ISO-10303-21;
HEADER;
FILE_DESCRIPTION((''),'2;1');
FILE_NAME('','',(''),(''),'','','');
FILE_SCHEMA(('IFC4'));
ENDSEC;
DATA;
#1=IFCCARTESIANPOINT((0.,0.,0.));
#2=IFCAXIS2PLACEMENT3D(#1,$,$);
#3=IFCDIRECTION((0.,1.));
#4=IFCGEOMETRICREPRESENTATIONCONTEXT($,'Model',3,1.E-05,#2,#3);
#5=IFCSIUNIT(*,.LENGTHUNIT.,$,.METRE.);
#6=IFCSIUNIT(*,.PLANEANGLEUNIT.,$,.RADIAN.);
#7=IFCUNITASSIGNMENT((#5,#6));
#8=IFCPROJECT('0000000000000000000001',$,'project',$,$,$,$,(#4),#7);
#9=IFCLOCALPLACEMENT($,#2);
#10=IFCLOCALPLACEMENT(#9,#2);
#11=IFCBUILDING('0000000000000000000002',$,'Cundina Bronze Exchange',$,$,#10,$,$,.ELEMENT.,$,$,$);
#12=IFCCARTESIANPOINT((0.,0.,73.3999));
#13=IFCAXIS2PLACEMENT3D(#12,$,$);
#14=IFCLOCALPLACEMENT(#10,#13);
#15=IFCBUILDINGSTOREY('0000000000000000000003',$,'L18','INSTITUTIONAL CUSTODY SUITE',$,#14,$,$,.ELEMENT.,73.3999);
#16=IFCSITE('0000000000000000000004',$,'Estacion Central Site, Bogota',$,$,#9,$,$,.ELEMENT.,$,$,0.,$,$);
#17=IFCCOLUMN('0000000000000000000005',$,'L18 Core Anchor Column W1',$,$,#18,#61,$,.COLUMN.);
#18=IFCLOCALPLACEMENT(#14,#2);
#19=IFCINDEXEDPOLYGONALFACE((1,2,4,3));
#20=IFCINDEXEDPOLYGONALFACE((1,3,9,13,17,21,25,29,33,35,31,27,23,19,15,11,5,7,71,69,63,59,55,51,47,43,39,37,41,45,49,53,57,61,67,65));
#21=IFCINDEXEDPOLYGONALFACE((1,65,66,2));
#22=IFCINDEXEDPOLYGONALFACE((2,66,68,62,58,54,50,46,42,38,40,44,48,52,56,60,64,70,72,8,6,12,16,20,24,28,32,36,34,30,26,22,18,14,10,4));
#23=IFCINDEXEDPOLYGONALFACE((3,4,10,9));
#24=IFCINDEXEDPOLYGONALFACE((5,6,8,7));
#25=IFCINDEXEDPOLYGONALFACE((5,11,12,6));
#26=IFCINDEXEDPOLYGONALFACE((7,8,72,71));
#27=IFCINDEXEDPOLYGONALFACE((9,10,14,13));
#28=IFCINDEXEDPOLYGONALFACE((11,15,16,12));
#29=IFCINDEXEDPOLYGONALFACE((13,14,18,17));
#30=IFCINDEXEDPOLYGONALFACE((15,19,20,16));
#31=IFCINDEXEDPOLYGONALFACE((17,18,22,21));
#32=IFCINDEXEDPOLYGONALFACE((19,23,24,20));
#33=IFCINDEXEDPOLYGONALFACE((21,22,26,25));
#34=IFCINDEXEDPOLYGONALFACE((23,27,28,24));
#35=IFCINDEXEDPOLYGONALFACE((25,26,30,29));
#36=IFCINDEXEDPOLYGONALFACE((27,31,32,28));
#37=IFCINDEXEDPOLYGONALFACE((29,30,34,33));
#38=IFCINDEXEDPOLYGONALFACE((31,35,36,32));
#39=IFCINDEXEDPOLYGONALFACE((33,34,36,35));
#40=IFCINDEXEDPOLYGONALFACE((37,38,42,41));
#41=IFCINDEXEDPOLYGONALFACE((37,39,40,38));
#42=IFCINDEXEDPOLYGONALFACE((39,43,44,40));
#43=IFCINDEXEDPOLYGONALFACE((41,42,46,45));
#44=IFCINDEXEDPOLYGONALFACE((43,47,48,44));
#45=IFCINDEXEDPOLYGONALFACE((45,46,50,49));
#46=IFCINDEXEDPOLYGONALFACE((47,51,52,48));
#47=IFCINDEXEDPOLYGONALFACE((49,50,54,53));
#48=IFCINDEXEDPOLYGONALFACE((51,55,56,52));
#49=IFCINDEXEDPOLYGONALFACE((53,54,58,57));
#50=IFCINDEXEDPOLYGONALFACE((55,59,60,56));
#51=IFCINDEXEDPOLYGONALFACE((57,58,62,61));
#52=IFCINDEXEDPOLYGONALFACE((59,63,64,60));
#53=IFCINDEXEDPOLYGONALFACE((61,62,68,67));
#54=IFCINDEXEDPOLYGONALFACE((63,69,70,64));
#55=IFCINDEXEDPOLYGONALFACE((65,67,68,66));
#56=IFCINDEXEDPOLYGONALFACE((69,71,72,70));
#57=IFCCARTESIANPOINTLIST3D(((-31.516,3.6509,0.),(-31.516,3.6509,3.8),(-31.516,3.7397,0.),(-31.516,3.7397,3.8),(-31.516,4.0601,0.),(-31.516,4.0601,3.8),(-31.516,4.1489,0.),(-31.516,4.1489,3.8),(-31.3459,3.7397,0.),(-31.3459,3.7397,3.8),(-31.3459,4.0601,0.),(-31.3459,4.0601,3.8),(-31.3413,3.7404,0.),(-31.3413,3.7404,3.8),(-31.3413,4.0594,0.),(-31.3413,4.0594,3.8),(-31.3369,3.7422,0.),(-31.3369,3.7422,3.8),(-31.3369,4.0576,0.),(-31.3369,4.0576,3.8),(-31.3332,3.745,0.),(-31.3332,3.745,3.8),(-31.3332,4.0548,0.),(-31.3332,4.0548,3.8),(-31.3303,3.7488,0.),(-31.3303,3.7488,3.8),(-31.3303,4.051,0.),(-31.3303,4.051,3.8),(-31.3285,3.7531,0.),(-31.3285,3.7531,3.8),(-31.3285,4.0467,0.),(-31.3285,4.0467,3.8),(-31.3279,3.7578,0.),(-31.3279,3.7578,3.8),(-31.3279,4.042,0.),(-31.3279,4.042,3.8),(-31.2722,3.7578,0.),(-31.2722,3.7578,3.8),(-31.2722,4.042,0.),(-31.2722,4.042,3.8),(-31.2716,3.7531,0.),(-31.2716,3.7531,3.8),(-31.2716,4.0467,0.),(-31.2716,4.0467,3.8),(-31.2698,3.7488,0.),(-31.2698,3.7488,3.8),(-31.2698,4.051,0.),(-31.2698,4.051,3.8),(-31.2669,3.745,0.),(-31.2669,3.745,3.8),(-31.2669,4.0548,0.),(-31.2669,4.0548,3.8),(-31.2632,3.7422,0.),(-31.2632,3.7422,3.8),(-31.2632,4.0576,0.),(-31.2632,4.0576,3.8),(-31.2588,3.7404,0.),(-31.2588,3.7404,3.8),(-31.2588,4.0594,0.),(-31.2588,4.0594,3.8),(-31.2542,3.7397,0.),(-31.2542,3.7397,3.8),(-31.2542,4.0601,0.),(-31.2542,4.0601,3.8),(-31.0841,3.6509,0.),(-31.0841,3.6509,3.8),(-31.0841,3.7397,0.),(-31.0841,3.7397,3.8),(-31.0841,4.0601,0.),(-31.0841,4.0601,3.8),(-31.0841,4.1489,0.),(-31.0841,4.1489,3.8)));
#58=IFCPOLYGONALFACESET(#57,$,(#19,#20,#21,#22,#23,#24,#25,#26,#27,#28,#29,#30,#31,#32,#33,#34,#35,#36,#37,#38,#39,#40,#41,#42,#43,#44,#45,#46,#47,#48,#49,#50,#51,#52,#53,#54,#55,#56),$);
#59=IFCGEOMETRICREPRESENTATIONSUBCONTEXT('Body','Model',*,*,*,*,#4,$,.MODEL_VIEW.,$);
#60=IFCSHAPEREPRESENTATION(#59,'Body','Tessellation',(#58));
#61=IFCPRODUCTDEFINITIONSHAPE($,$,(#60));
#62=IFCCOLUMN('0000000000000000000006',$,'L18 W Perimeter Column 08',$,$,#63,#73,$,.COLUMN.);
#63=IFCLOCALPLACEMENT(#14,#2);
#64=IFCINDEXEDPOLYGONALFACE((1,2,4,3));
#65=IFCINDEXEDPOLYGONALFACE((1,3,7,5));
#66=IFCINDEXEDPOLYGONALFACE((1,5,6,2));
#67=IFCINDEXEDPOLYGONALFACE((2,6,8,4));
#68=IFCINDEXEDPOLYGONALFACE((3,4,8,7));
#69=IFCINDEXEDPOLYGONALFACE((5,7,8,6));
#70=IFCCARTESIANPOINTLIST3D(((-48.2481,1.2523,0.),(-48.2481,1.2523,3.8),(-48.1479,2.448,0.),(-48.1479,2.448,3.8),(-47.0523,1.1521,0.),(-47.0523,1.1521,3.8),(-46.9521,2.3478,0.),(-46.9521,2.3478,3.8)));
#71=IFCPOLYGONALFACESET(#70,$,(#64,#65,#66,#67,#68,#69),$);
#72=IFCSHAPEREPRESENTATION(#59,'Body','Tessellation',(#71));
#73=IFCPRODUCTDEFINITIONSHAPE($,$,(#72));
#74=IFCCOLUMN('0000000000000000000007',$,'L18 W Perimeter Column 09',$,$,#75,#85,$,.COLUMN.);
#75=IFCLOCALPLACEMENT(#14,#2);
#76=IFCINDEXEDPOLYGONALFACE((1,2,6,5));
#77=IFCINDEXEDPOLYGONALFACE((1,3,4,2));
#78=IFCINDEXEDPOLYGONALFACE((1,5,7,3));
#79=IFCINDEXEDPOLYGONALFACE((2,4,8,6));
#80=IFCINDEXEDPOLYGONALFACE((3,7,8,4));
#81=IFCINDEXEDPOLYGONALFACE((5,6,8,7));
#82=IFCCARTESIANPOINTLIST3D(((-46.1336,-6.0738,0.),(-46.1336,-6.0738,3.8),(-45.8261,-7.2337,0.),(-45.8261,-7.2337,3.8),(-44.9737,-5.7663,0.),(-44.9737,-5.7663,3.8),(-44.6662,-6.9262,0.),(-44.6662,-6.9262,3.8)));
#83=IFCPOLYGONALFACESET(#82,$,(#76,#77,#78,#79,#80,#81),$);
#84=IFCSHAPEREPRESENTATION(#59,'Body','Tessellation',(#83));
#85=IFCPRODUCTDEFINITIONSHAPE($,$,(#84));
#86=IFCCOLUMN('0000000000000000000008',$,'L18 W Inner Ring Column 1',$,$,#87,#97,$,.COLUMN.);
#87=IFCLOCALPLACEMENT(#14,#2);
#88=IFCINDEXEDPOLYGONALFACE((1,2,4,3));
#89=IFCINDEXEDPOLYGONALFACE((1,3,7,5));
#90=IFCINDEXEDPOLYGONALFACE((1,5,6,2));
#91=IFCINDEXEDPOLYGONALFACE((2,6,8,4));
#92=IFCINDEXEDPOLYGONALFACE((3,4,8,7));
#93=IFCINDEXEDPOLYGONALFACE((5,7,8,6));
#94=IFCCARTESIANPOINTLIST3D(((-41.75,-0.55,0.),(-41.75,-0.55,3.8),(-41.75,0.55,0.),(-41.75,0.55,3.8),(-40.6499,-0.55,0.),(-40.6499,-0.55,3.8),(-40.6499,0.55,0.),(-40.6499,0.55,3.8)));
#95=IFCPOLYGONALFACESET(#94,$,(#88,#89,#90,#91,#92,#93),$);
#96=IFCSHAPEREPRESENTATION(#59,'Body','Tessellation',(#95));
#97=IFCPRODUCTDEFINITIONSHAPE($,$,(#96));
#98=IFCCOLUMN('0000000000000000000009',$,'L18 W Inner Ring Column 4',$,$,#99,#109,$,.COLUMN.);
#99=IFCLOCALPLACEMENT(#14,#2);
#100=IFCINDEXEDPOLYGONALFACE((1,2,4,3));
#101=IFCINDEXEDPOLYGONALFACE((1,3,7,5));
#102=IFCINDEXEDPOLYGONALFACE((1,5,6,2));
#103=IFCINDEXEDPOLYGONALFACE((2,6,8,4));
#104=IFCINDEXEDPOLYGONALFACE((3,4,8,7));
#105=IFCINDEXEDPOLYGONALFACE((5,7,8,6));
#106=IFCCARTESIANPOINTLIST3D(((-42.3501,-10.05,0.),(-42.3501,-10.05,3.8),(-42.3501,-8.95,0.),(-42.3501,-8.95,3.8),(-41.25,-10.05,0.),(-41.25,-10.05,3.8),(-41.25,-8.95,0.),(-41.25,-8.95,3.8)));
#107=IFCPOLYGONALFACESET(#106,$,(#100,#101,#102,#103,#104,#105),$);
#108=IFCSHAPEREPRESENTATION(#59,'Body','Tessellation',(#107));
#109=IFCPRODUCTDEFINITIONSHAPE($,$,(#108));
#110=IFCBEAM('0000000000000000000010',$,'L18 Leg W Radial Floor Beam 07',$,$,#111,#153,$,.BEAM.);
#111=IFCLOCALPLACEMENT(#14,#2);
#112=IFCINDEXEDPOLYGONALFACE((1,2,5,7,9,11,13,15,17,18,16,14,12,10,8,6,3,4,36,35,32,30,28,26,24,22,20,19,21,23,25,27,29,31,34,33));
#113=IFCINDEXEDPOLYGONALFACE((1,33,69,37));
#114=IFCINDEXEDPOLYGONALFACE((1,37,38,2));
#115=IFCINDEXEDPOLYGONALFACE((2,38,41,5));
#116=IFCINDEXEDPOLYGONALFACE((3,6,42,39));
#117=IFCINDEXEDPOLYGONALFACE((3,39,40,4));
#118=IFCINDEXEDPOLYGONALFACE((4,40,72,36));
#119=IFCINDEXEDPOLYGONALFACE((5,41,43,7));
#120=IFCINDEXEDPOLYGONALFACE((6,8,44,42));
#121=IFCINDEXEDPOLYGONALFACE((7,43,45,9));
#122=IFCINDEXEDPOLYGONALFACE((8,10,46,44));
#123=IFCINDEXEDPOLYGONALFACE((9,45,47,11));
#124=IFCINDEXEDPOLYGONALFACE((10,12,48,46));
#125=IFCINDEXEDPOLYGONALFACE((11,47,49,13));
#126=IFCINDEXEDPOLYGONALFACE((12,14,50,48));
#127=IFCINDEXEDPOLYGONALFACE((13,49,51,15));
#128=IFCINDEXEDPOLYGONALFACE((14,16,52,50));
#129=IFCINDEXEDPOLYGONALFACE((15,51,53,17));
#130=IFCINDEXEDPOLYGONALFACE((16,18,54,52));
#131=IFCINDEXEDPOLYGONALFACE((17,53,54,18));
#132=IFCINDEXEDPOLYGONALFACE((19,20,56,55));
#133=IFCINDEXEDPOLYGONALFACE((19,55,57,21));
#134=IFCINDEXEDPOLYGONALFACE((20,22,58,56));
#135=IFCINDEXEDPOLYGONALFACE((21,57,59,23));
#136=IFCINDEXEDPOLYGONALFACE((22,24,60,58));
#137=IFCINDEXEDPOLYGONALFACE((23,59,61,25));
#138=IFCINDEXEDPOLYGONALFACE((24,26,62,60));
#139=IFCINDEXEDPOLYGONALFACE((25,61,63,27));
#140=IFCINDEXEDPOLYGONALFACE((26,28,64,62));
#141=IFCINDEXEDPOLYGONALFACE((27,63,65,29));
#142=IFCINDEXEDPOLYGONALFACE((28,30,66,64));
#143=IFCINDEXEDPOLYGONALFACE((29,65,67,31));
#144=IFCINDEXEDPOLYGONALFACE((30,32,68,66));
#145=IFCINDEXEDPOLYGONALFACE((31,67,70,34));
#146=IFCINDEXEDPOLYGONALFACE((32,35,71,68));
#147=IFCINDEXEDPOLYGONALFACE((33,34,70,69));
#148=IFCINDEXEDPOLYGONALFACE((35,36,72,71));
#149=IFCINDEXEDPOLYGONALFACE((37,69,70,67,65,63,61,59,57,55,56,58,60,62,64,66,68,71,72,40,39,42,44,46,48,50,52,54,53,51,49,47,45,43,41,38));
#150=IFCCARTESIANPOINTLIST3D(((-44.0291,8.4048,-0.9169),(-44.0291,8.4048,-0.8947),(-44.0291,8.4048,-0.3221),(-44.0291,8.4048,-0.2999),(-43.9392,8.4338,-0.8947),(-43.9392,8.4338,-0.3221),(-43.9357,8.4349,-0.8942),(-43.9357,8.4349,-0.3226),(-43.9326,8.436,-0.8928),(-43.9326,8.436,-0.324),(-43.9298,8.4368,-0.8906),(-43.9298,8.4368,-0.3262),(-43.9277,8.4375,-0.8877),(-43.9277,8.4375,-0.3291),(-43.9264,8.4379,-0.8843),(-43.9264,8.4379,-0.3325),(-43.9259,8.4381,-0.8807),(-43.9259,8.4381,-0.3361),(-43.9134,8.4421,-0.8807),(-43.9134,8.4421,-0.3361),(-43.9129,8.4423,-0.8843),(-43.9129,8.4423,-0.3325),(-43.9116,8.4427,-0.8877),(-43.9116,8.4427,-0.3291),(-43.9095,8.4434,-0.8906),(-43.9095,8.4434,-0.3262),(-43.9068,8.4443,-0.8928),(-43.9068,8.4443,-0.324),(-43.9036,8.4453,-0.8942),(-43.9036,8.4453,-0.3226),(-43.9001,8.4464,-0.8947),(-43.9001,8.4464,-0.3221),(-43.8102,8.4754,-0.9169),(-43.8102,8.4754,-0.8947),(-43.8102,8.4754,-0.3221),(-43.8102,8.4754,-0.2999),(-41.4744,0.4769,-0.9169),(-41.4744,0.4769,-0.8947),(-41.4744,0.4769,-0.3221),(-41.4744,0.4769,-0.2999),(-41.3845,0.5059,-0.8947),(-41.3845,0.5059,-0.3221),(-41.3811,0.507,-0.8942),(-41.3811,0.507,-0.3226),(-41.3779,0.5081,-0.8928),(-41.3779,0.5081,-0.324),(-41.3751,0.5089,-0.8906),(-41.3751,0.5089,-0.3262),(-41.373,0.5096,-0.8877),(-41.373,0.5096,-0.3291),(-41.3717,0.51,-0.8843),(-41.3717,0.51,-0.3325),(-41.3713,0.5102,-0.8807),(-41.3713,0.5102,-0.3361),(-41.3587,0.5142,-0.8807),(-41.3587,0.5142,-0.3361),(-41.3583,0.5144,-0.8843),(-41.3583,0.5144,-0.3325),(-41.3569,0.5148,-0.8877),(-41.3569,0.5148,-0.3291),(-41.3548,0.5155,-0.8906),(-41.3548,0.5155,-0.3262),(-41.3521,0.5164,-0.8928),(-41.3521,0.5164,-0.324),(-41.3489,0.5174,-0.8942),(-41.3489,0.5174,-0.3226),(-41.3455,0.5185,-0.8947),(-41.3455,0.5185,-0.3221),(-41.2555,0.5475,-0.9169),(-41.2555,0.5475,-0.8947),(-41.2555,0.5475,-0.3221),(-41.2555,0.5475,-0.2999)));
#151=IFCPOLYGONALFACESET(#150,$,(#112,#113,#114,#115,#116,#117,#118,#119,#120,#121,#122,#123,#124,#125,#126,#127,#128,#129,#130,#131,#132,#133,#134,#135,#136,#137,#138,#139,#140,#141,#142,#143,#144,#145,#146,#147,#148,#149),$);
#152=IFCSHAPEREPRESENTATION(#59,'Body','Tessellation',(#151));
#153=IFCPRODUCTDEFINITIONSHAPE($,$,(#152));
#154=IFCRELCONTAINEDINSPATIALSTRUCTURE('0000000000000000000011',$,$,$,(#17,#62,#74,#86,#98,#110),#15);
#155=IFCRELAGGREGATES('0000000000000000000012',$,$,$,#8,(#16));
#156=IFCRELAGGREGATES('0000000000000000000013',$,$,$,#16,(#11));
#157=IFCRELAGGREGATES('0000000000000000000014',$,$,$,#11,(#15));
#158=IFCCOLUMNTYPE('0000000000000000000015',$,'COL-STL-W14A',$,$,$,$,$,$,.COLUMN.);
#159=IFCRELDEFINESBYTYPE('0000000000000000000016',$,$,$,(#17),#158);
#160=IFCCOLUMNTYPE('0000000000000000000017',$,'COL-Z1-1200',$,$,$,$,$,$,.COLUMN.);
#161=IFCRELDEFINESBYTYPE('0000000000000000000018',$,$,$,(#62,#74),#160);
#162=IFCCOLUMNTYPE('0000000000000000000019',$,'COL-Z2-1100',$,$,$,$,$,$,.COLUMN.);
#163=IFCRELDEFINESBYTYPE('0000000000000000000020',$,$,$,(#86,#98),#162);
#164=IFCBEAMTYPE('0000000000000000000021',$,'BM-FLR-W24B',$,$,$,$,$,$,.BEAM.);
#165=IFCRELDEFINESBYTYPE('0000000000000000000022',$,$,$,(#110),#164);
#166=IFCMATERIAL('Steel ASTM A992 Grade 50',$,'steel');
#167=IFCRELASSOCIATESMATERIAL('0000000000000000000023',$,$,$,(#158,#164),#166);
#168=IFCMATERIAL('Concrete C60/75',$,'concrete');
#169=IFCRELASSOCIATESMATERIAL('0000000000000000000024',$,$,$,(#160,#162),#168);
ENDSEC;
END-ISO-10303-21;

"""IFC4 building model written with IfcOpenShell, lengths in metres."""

from ifc_helpers import new_model, si_unit, direction, frame, origin, origin_2d, place, context, subcontext, project, spatial, rectangle, i_section, extrude, material, material_profile, profile_set, type_object, element, save


model = new_model("IFC4")

# Units and contexts
model_context = context("Model", 3, precision=1e-05, world=origin(), true_north=direction((0.0, 1.0)))
body_context = subcontext(model_context, "Body", "Model", "MODEL_VIEW")
ifc_project = project(units=[si_unit("LENGTHUNIT", "METRE"), si_unit("PLANEANGLEUNIT", "RADIAN")], contexts=[model_context])

# Site, building, storey
site_placement = place(None, origin())
site = spatial("IfcSite", under=ifc_project, at=site_placement, Name="Estacion Central Site, Bogota", CompositionType="ELEMENT", RefElevation=0.0)
building_placement = place(site_placement, origin())
building = spatial("IfcBuilding", under=site, at=building_placement, Name="Cundina Bronze Exchange", CompositionType="ELEMENT")
storey_placement = place(building_placement, frame((0.0, 0.0, 73.3999)))
storey = spatial("IfcBuildingStorey", under=building, at=storey_placement, Name="L18", Description="INSTITUTIONAL CUSTODY SUITE", CompositionType="ELEMENT", Elevation=73.3999)

# Columns
ifc_material_1 = material(Name="Steel ASTM A992 Grade 50", Category="steel")
ifc_material_profile_1 = material_profile(ifc_material_1, i_section(OverallWidth=0.4319, OverallDepth=0.498, WebThickness=0.0557, FlangeThickness=0.0889, FilletRadius=0.0181, at=origin_2d()), Name="W14X500", Category="steel")
ifc_profile_set_1 = profile_set([ifc_material_profile_1], Name="Steel ASTM A992 Grade 50")
column_type_1 = type_object("IfcColumnType", Name="COL-STL-W14A", PredefinedType="COLUMN", material=ifc_profile_set_1)
column_placement = place(storey_placement, frame((-31.3, 3.8999, 0.0), z_axis=(0.0, 0.0, 1.0), x_axis=(1.0, 0.0, 0.0)))
element("IfcColumn", 1, at=column_placement, inside=storey, type_object=column_type_1, Name="L18 Core Anchor Column W1", PredefinedType="COLUMN", context=body_context, shape_type="SweptSolid", body=[
    extrude(i_section(OverallWidth=0.4319, OverallDepth=0.498, WebThickness=0.0557, FlangeThickness=0.0889, FilletRadius=0.0181, at=origin_2d()), origin(), (0.0, 0.0, 1.0), 3.8),
])
ifc_material_2 = material(Name="Concrete C60/75", Category="concrete")
ifc_material_profile_2 = material_profile(ifc_material_2, rectangle(XDim=1.2, YDim=1.2, at=origin_2d()), Name="RC1200X1200", Category="concrete")
ifc_profile_set_2 = profile_set([ifc_material_profile_2], Name="Concrete C60/75")
column_type_2 = type_object("IfcColumnType", Name="COL-Z1-1200", PredefinedType="COLUMN", material=ifc_profile_set_2)
for number, where, z_axis, x_axis, name in (
    (2, (-47.6001, 1.8, 0.0), (0.0, 0.0, 1.0), (-0.083504, -0.996507, 0.0), "L18 W Perimeter Column 08"),
    (3, (-45.3999, -6.5, 0.0), (0.0, 0.0, 1.0), (0.256289, -0.9666, 0.0), "L18 W Perimeter Column 09"),
):
    element("IfcColumn", number, at=place(storey_placement, frame(where, z_axis=z_axis, x_axis=x_axis)), inside=storey, type_object=column_type_2, Name=name, PredefinedType="COLUMN", context=body_context, shape_type="SweptSolid", body=[
        extrude(rectangle(XDim=1.2, YDim=1.2, at=origin_2d()), origin(), (0.0, 0.0, 1.0), 3.8),
    ])
ifc_material_profile_3 = material_profile(ifc_material_2, rectangle(XDim=1.1001, YDim=1.1001, at=origin_2d()), Name="RC1100X1100", Category="concrete")
ifc_profile_set_3 = profile_set([ifc_material_profile_3], Name="Concrete C60/75")
column_type_3 = type_object("IfcColumnType", Name="COL-Z2-1100", PredefinedType="COLUMN", material=ifc_profile_set_3)
for number, where, z_axis, x_axis, name in (
    (4, (-41.2, 0.0, 0.0), (0.0, 0.0, 1.0), (1.0, 0.0, 0.0), "L18 W Inner Ring Column 1"),
    (5, (-41.8, -9.5, 0.0), (0.0, 0.0, 1.0), (1.0, 0.0, 0.0), "L18 W Inner Ring Column 4"),
):
    element("IfcColumn", number, at=place(storey_placement, frame(where, z_axis=z_axis, x_axis=x_axis)), inside=storey, type_object=column_type_3, Name=name, PredefinedType="COLUMN", context=body_context, shape_type="SweptSolid", body=[
        extrude(rectangle(XDim=1.1001, YDim=1.1001, at=origin_2d()), origin(), (0.0, 0.0, 1.0), 3.8),
    ])

# Beam
ifc_material_profile_4 = material_profile(ifc_material_1, i_section(OverallWidth=0.23, OverallDepth=0.6169, WebThickness=0.0132, FlangeThickness=0.0222, FilletRadius=0.0139, at=origin_2d()), Name="W24X94", Category="steel")
ifc_profile_set_4 = profile_set([ifc_material_profile_4], Name="Steel ASTM A992 Grade 50")
beam_type_1 = type_object("IfcBeamType", Name="BM-FLR-W24B", PredefinedType="BEAM", material=ifc_profile_set_4)
beam_1_placement = place(storey_placement, frame((-41.365, 0.5122, -0.6084), z_axis=(-0.306706, 0.951804, 0.0), x_axis=(-0.951804, -0.306706, 0.0)))
element("IfcBeam", 6, at=beam_1_placement, inside=storey, type_object=beam_type_1, Name="L18 Leg W Radial Floor Beam 07", PredefinedType="BEAM", context=body_context, shape_type="SweptSolid", body=[
    extrude(i_section(OverallWidth=0.23, OverallDepth=0.6169, WebThickness=0.0132, FlangeThickness=0.0222, FilletRadius=0.0139, at=origin_2d()), origin(), (0.0, 0.0, 1.0), 8.3293),
])

save(model, "model.ifc")
